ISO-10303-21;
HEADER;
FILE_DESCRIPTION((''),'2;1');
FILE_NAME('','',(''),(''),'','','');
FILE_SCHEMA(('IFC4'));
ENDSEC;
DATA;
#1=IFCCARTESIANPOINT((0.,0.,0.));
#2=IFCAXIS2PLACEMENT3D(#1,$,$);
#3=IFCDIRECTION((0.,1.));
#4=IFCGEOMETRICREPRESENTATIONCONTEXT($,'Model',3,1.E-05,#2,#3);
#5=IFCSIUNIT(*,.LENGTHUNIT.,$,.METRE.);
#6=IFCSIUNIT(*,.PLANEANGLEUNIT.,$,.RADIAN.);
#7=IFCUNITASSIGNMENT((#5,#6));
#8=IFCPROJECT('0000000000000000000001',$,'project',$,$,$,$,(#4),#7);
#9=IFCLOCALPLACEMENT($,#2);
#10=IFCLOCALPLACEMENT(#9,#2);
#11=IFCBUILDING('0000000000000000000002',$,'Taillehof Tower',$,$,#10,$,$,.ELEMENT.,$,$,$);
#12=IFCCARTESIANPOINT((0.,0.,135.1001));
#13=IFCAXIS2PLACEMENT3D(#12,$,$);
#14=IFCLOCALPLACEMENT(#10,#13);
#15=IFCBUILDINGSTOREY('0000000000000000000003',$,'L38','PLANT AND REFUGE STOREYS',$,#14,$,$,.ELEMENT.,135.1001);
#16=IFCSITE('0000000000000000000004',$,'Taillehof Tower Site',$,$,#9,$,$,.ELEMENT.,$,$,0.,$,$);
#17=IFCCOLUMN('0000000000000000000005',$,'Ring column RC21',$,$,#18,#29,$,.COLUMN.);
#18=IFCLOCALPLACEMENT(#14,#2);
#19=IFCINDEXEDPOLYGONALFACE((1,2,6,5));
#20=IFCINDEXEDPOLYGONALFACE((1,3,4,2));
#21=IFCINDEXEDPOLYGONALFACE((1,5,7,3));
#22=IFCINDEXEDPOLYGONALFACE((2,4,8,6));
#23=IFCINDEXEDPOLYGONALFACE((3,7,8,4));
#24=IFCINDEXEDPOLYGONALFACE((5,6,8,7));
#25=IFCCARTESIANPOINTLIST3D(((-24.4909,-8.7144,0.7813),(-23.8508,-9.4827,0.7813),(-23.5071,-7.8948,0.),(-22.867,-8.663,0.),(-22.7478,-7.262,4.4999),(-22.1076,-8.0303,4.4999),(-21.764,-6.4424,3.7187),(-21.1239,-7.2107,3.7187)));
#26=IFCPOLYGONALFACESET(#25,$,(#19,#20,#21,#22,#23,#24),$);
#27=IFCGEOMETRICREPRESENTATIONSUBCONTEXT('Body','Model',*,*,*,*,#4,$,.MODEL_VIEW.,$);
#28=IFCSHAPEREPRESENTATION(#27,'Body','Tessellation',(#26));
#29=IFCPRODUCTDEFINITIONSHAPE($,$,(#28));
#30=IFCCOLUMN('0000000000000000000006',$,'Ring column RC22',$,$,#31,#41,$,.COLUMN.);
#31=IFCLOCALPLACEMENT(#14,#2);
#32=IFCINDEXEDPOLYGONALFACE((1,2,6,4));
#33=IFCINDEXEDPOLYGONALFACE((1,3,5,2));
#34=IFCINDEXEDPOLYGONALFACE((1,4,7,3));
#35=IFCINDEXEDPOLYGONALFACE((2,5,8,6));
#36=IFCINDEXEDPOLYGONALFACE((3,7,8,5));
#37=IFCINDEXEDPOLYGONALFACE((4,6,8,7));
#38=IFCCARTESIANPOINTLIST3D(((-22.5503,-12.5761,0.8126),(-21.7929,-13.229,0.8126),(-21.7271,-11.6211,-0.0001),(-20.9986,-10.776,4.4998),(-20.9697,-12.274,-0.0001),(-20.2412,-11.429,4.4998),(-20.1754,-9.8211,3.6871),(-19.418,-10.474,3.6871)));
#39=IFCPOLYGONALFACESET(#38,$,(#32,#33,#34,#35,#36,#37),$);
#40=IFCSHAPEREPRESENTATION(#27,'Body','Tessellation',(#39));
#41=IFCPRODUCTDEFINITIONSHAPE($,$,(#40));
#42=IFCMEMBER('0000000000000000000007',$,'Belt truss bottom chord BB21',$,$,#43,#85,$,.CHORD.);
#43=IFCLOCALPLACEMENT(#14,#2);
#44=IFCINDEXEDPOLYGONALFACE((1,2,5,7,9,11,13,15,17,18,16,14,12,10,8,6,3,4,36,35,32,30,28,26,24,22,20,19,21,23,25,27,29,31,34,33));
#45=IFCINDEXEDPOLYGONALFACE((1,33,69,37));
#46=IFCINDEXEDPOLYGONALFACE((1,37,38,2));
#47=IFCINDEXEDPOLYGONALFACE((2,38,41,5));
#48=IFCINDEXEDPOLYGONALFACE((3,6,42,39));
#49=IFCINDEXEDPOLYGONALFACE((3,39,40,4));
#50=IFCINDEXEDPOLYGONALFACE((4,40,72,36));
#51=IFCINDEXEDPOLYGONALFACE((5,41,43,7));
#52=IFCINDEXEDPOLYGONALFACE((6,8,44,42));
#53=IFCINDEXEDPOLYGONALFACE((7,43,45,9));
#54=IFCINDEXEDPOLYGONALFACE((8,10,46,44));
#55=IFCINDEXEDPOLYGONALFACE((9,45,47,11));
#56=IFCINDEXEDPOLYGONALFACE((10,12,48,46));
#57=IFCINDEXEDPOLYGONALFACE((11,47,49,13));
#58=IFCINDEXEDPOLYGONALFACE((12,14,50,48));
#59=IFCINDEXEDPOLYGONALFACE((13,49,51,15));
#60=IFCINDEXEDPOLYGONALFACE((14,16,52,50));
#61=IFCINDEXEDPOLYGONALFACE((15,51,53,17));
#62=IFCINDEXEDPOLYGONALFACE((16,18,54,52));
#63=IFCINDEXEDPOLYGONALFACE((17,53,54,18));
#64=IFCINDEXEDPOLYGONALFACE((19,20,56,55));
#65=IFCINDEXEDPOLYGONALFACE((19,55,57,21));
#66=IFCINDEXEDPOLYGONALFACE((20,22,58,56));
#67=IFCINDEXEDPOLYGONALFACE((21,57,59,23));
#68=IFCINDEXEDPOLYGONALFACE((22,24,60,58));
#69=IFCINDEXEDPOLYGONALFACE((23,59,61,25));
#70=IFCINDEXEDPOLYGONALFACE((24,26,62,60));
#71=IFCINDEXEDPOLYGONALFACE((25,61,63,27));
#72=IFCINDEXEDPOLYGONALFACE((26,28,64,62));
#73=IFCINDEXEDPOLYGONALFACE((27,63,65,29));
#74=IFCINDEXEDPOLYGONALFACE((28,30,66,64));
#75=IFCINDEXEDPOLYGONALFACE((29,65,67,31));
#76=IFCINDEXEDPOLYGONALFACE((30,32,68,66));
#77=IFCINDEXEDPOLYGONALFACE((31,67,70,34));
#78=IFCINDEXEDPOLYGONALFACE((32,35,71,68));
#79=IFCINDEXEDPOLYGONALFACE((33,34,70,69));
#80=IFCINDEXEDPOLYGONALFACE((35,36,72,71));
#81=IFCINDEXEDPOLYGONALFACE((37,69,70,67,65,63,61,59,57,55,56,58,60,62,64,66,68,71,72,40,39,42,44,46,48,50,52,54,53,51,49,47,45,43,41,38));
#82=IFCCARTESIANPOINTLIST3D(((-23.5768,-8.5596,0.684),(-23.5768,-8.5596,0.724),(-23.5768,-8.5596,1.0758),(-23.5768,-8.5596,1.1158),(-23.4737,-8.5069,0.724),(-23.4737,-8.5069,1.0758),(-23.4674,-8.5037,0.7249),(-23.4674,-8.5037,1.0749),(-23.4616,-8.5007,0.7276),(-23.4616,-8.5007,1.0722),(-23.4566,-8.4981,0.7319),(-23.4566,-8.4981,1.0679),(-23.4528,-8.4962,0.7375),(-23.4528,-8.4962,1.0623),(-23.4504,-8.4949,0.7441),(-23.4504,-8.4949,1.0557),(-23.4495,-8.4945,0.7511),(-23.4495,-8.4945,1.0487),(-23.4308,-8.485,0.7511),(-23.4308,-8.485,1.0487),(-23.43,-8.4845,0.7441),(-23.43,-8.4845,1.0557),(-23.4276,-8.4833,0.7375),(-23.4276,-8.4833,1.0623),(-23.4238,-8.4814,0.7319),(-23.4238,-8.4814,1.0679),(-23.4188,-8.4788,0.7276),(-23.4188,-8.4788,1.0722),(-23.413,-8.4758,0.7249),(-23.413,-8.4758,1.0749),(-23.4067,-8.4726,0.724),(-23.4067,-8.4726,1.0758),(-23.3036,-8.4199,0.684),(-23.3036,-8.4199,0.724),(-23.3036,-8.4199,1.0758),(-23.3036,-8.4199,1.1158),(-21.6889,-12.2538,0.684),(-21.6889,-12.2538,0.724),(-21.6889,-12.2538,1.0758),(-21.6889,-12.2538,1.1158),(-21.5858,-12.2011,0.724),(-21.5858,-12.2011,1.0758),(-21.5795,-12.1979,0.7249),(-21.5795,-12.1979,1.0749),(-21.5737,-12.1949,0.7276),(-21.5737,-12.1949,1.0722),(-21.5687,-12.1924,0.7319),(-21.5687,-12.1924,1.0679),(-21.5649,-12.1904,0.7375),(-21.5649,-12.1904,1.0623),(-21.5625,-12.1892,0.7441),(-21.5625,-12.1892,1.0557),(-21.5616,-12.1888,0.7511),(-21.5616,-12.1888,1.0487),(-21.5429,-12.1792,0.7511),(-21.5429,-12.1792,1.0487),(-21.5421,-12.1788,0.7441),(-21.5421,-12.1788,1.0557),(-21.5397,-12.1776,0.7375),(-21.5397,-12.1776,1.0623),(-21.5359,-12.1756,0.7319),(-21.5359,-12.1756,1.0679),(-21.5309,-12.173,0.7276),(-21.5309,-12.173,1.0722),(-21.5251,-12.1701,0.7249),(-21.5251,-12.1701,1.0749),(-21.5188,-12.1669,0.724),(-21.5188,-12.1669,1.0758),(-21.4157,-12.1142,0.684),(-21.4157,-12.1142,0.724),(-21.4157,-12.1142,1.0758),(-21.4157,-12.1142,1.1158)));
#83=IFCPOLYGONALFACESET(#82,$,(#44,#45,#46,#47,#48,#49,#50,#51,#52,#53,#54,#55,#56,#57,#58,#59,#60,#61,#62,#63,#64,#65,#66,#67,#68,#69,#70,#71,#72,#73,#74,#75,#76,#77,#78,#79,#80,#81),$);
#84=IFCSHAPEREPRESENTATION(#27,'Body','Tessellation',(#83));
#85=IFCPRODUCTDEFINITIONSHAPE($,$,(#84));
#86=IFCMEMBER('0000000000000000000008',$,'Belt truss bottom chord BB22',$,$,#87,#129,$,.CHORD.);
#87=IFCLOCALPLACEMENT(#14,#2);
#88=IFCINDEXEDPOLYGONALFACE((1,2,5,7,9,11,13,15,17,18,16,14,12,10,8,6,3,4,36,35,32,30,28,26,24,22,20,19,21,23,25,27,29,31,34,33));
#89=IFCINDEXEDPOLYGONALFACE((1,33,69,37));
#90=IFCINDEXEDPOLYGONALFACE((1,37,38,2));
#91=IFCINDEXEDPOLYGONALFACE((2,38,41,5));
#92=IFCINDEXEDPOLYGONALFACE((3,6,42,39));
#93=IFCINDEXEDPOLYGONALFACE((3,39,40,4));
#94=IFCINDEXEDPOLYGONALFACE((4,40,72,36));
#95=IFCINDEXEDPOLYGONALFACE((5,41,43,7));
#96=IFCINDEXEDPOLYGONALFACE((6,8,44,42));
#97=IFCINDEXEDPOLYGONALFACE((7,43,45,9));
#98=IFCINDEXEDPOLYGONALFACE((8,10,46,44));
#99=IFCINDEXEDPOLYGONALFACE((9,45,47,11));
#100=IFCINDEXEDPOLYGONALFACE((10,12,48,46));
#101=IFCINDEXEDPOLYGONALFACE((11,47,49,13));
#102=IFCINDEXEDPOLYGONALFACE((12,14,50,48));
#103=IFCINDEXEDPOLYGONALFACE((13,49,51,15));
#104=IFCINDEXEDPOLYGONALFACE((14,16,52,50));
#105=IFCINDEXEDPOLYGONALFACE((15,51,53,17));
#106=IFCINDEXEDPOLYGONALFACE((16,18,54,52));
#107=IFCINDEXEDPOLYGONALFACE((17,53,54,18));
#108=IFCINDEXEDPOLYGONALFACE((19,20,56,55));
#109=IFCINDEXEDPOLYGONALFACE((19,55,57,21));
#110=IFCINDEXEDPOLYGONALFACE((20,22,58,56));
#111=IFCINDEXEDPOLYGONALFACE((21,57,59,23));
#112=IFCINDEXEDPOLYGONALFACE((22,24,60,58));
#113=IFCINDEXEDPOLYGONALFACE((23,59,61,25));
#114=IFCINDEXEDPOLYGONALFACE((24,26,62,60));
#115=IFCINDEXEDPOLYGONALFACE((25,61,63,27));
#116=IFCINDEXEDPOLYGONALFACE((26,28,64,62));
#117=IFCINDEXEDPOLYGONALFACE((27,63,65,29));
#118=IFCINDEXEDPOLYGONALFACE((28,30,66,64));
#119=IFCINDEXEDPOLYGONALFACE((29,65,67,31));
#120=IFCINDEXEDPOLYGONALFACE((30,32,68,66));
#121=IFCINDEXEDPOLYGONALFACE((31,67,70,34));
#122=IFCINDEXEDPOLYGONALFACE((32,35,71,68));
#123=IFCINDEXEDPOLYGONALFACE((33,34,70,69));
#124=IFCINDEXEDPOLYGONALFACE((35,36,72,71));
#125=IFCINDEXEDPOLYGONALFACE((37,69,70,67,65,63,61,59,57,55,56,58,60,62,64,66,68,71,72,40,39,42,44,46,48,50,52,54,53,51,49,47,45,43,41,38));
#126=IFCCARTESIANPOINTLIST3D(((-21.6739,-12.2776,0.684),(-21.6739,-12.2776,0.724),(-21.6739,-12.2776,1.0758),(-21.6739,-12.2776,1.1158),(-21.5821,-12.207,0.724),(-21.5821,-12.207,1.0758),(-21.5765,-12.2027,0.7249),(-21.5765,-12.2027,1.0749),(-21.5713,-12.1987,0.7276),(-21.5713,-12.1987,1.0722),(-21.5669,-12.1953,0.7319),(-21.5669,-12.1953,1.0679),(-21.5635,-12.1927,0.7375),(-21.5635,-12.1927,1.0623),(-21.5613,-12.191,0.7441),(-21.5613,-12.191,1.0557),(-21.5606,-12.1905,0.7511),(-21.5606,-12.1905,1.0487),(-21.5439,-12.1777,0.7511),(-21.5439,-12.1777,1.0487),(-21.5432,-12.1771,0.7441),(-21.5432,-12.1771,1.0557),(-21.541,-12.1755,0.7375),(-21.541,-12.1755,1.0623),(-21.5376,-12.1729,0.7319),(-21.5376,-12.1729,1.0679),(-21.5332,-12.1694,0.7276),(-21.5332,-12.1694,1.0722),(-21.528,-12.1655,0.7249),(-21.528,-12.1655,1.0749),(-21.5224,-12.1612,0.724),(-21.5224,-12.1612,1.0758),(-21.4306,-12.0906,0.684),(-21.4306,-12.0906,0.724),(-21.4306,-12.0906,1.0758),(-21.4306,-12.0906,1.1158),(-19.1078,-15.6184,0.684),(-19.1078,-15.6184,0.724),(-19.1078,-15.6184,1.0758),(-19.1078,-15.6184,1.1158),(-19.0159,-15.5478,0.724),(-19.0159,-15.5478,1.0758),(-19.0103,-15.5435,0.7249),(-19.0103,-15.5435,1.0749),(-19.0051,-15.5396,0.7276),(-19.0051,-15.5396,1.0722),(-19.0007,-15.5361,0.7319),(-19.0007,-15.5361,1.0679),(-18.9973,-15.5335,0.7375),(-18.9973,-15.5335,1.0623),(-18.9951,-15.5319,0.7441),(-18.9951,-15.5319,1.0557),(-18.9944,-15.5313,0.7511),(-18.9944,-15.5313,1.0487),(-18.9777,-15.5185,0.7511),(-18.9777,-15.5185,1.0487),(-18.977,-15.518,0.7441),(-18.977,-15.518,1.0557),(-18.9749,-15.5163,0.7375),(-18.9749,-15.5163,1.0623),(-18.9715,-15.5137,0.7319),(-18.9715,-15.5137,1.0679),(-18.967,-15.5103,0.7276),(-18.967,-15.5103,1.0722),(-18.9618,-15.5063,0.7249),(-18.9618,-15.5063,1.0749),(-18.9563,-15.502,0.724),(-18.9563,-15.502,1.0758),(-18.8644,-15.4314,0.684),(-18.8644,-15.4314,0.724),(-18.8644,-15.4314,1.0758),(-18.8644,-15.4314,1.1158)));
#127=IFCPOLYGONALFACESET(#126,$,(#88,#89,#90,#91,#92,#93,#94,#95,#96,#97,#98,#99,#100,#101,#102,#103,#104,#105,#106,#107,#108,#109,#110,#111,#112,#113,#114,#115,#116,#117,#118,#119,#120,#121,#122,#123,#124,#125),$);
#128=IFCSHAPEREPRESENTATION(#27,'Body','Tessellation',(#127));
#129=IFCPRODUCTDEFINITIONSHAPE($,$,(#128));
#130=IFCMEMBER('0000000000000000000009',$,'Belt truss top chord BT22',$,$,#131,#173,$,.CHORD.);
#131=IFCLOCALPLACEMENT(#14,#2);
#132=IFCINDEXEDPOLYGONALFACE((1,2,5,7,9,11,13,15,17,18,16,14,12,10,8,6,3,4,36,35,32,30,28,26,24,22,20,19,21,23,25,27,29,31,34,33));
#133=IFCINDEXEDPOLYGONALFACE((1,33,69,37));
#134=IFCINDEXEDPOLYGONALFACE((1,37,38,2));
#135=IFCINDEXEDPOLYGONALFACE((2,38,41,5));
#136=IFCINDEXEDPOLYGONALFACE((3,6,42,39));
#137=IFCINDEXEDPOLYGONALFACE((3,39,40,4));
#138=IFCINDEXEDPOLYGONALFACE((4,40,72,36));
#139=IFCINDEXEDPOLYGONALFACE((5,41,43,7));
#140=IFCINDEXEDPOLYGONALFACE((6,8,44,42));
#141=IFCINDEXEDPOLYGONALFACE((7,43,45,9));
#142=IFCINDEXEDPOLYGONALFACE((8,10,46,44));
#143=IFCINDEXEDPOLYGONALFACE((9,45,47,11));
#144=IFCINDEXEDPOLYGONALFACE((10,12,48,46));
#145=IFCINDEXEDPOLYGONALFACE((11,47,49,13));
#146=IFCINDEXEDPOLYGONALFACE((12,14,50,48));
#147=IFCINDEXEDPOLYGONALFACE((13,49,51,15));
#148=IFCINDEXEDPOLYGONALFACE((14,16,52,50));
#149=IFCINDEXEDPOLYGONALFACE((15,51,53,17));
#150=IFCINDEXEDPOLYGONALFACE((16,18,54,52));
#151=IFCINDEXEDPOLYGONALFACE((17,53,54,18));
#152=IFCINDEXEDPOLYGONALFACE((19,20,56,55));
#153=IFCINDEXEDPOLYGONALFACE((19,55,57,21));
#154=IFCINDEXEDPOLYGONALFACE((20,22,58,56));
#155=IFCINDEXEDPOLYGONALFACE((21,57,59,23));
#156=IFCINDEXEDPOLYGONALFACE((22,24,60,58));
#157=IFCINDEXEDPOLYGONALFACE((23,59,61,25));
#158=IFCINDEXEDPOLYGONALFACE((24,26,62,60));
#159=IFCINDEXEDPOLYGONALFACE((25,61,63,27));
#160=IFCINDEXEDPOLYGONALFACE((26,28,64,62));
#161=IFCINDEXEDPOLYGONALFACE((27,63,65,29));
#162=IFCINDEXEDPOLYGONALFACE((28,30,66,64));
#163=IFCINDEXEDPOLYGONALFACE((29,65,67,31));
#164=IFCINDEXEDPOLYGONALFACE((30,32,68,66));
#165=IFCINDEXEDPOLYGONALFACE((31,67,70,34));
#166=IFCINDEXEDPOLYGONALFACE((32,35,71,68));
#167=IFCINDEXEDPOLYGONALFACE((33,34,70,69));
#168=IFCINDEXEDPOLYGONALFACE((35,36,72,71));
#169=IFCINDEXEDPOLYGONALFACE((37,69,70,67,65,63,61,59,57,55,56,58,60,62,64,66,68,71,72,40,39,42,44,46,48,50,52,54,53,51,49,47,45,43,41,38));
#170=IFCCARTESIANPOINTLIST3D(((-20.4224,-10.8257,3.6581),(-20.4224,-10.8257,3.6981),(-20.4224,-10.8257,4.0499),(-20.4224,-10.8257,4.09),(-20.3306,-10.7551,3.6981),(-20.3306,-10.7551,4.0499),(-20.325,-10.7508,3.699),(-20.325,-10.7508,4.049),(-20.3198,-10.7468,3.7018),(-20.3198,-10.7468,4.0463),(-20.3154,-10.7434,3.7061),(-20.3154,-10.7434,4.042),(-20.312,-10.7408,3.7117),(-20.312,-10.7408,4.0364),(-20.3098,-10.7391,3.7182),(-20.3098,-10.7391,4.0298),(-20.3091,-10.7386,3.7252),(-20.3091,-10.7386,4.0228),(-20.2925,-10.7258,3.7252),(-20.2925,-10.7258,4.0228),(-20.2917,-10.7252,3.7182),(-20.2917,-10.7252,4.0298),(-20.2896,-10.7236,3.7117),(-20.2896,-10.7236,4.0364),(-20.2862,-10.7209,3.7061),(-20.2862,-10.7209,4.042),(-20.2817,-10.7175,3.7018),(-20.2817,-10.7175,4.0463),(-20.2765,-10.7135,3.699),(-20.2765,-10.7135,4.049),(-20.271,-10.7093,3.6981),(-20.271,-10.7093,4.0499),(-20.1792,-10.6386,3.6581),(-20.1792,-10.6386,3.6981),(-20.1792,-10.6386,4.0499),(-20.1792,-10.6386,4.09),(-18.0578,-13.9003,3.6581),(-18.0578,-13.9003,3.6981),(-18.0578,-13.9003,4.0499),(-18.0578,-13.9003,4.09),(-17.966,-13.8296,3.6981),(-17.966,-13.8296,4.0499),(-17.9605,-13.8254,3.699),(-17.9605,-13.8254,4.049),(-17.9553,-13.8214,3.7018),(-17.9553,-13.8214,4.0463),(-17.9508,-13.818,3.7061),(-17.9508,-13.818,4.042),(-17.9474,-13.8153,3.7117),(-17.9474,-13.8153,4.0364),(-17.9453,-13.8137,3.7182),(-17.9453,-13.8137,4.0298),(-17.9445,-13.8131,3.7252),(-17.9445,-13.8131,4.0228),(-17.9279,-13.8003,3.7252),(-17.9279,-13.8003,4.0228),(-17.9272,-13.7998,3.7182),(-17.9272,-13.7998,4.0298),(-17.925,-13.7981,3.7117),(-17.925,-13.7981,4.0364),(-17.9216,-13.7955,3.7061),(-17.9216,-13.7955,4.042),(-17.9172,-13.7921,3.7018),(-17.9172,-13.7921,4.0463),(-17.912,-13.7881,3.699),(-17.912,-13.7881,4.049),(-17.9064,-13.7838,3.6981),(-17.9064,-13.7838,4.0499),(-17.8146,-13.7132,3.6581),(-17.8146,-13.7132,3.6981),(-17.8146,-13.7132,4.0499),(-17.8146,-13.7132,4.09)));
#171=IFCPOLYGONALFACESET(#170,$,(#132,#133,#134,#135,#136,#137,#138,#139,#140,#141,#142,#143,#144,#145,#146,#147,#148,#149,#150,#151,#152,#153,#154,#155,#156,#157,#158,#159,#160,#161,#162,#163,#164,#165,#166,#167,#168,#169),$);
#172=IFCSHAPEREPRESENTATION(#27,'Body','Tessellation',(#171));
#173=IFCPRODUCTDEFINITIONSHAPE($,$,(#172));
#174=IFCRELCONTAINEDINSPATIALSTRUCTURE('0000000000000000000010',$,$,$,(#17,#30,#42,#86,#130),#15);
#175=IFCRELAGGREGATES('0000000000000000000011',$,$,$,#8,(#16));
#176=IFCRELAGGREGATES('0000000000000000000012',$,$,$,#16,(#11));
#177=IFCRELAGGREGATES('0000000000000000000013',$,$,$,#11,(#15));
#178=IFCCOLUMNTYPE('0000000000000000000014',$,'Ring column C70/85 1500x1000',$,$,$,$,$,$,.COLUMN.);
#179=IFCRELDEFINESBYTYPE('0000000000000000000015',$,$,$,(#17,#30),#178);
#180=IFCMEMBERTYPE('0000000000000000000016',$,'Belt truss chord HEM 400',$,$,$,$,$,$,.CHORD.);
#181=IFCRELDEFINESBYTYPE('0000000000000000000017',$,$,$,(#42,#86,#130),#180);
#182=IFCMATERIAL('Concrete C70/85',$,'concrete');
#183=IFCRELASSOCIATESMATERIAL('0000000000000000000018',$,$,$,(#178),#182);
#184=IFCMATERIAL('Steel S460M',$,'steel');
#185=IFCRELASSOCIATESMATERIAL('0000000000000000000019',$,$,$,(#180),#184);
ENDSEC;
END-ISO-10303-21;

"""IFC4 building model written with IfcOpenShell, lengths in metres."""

from ifc_helpers import new_model, si_unit, direction, frame, origin, origin_2d, place, context, subcontext, project, spatial, rectangle, i_section, extrude, material, material_profile, profile_set, type_object, element, save


model = new_model("IFC4")

# Units and contexts
model_context = context("Model", 3, precision=1e-05, world=origin(), true_north=direction((0.0, 1.0)))
body_context = subcontext(model_context, "Body", "Model", "MODEL_VIEW")
ifc_project = project(units=[si_unit("LENGTHUNIT", "METRE"), si_unit("PLANEANGLEUNIT", "RADIAN")], contexts=[model_context])

# Site, building, storey
site_placement = place(None, origin())
site = spatial("IfcSite", under=ifc_project, at=site_placement, Name="Taillehof Tower Site", CompositionType="ELEMENT", RefElevation=0.0)
building_placement = place(site_placement, origin())
building = spatial("IfcBuilding", under=site, at=building_placement, Name="Taillehof Tower", CompositionType="ELEMENT")
storey_placement = place(building_placement, frame((0.0, 0.0, 135.1001)))
storey = spatial("IfcBuildingStorey", under=building, at=storey_placement, Name="L38", Description="PLANT AND REFUGE STOREYS", CompositionType="ELEMENT", Elevation=135.1001)

# Columns
ifc_material_1 = material(Name="Concrete C70/85", Category="concrete")
ifc_material_profile_1 = material_profile(ifc_material_1, rectangle(XDim=1.5, YDim=1.0, at=origin_2d()), Name="RC 1500x1000")
ifc_profile_set_1 = profile_set([ifc_material_profile_1], Name="Concrete C70/85")
column_type = type_object("IfcColumnType", Name="Ring column C70/85 1500x1000", PredefinedType="COLUMN", material=ifc_profile_set_1)
column_1_placement = place(storey_placement, frame((-23.679, -8.6887, 0.3906), z_axis=(0.40015, 0.333402, 0.853653), x_axis=(-0.655839, -0.546441, 0.520842)))
element("IfcColumn", 1, at=column_1_placement, inside=storey, type_object=column_type, Name="Ring column RC21", PredefinedType="COLUMN", context=body_context, shape_type="SweptSolid", body=[
    extrude(rectangle(XDim=1.5, YDim=1.0, at=origin_2d()), origin(), (0.0, 0.0, 1.0), 4.3562),
])
column_2_placement = place(storey_placement, frame((-21.76, -12.425, 0.4062), z_axis=(0.353734, 0.410333, 0.840535), x_axis=(-0.548817, -0.636631, 0.541757)))
element("IfcColumn", 2, at=column_2_placement, inside=storey, type_object=column_type, Name="Ring column RC22", PredefinedType="COLUMN", context=body_context, shape_type="SweptSolid", body=[
    extrude(rectangle(XDim=1.5, YDim=1.0, at=origin_2d()), origin(), (0.0, 0.0, 1.0), 4.3867),
])

# Members
ifc_material_2 = material(Name="Steel S460M", Category="steel")
ifc_material_profile_2 = material_profile(ifc_material_2, i_section(OverallWidth=0.3069, OverallDepth=0.4319, WebThickness=0.021, FlangeThickness=0.04, FilletRadius=0.0271, at=origin_2d()), Name="HEM 400")
ifc_profile_set_2 = profile_set([ifc_material_profile_2], Name="Steel S460M")
member_type_1 = type_object("IfcMemberType", Name="Belt truss chord HEM 400", PredefinedType="CHORD", material=ifc_profile_set_2)
member_1_placement = place(storey_placement, frame((-23.4402, -8.4897, 0.8999), z_axis=(0.455058, -0.890462, 0.0), x_axis=(0.890462, 0.455058, 0.0)))
element("IfcMember", 3, at=member_1_placement, inside=storey, type_object=member_type_1, Name="Belt truss bottom chord BB21", PredefinedType="CHORD", context=body_context, shape_type="SweptSolid", body=[
    extrude(i_section(OverallWidth=0.3069, OverallDepth=0.4319, WebThickness=0.021, FlangeThickness=0.04, FilletRadius=0.0271, at=origin_2d()), origin(), (0.0, 0.0, 1.0), 4.1487),
])
member_2_placement = place(storey_placement, frame((-21.5522, -12.1841, 0.8999), z_axis=(0.609159, -0.793048, 0.0), x_axis=(0.793048, 0.609159, 0.0)))
element("IfcMember", 4, at=member_2_placement, inside=storey, type_object=member_type_1, Name="Belt truss bottom chord BB22", PredefinedType="CHORD", context=body_context, shape_type="SweptSolid", body=[
    extrude(i_section(OverallWidth=0.3069, OverallDepth=0.4319, WebThickness=0.021, FlangeThickness=0.04, FilletRadius=0.0271, at=origin_2d()), origin(), (0.0, 0.0, 1.0), 4.2126),
])
member_3_placement = place(storey_placement, frame((-20.3008, -10.7322, 3.874), z_axis=(0.609635, -0.792682, 0.0), x_axis=(0.792682, 0.609635, 0.0)))
element("IfcMember", 5, at=member_3_placement, inside=storey, type_object=member_type_1, Name="Belt truss top chord BT22", PredefinedType="CHORD", context=body_context, shape_type="SweptSolid", body=[
    extrude(i_section(OverallWidth=0.3069, OverallDepth=0.4319, WebThickness=0.021, FlangeThickness=0.04, FilletRadius=0.0271, at=origin_2d()), origin(), (0.0, 0.0, 1.0), 3.8787),
])

save(model, "model.ifc")
